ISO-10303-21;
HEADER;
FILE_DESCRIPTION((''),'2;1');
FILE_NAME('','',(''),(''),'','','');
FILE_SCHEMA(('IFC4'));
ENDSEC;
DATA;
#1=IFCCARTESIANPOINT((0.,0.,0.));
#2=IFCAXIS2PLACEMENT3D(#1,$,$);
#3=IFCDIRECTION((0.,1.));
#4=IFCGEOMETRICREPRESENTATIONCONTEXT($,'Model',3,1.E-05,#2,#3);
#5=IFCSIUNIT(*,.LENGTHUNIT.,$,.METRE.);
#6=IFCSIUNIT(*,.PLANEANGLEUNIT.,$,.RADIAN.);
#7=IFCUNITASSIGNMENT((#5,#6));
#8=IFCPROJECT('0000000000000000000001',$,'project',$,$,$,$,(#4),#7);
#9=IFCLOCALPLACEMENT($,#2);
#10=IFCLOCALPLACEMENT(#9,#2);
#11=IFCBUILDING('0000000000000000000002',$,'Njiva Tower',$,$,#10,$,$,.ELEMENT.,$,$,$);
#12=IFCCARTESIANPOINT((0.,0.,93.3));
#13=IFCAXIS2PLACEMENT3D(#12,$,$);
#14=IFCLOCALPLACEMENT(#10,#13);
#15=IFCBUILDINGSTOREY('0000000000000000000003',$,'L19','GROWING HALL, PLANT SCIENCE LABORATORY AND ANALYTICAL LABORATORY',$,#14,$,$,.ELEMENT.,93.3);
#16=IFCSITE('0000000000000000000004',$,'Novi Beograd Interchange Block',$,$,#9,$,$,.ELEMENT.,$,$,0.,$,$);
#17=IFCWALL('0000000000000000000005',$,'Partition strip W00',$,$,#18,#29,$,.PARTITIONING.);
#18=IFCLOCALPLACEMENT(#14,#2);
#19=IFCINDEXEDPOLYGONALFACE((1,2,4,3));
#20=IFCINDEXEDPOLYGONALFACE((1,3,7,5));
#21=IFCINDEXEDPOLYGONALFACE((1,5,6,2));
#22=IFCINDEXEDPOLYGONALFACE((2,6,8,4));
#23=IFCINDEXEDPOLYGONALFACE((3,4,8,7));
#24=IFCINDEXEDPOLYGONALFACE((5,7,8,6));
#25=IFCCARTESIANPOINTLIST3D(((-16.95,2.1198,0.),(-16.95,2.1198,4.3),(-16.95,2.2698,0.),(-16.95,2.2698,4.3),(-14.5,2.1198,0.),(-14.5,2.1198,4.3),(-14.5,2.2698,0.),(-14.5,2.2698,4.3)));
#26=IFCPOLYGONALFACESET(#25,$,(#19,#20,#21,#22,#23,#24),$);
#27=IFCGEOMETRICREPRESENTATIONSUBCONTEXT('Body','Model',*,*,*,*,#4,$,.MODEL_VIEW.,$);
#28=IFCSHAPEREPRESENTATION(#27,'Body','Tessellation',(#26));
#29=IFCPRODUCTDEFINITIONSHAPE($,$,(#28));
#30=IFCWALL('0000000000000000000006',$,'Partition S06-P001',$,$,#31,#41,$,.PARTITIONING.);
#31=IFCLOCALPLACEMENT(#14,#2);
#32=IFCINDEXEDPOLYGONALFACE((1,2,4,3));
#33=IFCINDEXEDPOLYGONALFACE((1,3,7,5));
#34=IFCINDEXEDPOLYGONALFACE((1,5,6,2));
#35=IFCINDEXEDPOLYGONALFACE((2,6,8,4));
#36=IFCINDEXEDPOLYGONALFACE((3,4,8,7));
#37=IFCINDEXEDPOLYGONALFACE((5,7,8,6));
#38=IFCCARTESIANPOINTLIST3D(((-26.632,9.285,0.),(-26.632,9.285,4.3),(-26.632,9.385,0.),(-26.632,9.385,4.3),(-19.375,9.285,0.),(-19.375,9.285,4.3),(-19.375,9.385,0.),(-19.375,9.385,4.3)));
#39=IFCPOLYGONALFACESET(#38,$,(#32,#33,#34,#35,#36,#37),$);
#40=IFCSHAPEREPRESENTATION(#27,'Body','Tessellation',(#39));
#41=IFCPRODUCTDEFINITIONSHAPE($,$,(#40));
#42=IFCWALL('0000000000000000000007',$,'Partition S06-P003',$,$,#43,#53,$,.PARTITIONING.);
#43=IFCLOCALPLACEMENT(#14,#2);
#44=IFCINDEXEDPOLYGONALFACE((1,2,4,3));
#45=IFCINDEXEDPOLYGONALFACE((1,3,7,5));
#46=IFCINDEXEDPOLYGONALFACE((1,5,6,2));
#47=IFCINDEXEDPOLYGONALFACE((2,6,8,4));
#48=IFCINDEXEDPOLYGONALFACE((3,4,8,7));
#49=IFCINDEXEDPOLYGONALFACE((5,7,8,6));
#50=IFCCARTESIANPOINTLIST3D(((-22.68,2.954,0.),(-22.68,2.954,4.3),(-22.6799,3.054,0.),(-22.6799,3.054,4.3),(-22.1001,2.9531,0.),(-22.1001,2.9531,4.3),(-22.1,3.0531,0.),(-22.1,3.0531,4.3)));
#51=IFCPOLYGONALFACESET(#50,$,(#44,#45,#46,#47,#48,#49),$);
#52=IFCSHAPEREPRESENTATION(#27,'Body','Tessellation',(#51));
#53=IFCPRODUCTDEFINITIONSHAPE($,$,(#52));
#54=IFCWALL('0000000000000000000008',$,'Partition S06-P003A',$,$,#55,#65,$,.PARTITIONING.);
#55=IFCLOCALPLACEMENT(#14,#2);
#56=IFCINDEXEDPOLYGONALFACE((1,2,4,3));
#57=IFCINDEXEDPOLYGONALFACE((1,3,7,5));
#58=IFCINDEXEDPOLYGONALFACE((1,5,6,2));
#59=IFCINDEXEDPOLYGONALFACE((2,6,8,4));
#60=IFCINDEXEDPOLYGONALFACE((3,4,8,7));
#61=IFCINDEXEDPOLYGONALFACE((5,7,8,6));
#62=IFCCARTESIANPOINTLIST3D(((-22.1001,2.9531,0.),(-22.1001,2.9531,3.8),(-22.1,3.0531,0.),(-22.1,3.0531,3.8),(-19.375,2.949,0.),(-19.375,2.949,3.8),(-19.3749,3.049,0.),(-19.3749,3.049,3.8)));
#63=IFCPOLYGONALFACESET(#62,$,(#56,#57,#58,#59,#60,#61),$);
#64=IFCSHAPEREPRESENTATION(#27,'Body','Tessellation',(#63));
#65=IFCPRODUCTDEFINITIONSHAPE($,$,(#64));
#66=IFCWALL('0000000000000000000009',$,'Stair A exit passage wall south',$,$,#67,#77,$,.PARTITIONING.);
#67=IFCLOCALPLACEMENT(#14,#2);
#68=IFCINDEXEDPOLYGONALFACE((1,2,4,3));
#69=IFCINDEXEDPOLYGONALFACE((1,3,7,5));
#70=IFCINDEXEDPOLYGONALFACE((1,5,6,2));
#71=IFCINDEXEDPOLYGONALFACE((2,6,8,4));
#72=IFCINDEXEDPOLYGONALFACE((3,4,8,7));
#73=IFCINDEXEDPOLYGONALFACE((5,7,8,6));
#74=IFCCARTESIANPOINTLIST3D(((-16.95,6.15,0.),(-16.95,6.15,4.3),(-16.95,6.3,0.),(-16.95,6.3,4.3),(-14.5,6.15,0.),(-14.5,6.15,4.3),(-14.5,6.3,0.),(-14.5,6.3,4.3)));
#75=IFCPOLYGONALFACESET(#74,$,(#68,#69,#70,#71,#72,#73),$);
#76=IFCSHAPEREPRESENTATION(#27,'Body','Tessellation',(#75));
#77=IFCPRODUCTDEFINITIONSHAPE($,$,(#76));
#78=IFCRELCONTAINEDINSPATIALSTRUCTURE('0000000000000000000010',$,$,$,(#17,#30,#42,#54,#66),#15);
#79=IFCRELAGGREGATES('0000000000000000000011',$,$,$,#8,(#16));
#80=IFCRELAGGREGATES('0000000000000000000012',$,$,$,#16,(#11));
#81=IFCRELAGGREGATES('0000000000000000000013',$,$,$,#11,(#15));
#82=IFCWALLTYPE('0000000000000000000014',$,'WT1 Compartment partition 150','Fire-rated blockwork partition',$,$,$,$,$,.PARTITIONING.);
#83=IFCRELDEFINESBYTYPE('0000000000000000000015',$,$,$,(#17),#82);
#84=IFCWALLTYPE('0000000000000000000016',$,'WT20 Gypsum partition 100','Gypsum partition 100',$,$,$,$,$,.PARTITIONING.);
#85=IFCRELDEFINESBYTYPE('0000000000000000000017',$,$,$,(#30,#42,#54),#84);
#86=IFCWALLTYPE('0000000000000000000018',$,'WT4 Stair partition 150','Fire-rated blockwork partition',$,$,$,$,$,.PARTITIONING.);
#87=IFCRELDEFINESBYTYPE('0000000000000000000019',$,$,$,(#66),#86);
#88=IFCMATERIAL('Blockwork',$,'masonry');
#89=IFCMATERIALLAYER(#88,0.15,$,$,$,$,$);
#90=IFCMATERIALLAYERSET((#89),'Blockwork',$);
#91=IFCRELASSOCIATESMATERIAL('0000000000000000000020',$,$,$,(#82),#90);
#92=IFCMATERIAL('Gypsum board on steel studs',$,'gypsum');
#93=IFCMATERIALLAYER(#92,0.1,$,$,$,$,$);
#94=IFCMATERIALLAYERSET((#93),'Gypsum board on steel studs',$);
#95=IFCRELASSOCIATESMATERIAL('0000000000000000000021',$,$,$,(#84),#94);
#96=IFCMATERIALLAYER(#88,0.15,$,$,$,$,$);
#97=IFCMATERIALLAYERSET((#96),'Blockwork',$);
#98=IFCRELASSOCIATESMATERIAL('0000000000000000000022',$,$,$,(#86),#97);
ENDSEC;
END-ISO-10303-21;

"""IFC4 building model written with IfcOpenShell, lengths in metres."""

from ifc_helpers import new_model, si_unit, direction, frame, frame_2d, origin, place, context, subcontext, project, spatial, rectangle, extrude, material, layer, layer_set, type_object, element, save


model = new_model("IFC4")

# Units and contexts
model_context = context("Model", 3, precision=1e-05, world=origin(), true_north=direction((0.0, 1.0)))
body_context = subcontext(model_context, "Body", "Model", "MODEL_VIEW")
ifc_project = project(units=[si_unit("LENGTHUNIT", "METRE"), si_unit("PLANEANGLEUNIT", "RADIAN")], contexts=[model_context])

# Site, building, storey
site_placement = place(None, origin())
site = spatial("IfcSite", under=ifc_project, at=site_placement, Name="Novi Beograd Interchange Block", CompositionType="ELEMENT", RefElevation=0.0)
building_placement = place(site_placement, origin())
building = spatial("IfcBuilding", under=site, at=building_placement, Name="Njiva Tower", CompositionType="ELEMENT")
storey_placement = place(building_placement, frame((0.0, 0.0, 93.3)))
storey = spatial("IfcBuildingStorey", under=building, at=storey_placement, Name="L19", Description="GROWING HALL, PLANT SCIENCE LABORATORY AND ANALYTICAL LABORATORY", CompositionType="ELEMENT", Elevation=93.3)

# Walls
ifc_material_1 = material(Name="Blockwork", Category="masonry")
ifc_layer_1 = layer(ifc_material_1, 0.15)
ifc_layer_set_1 = layer_set([ifc_layer_1], Name="Blockwork")
wall_type_1 = type_object("IfcWallType", Name="WT1 Compartment partition 150", Description="Fire-rated blockwork partition", PredefinedType="PARTITIONING", material=ifc_layer_set_1)
wall_1_placement = place(storey_placement, frame((-16.95, 2.1948, 0.0), z_axis=(0.0, 0.0, 1.0), x_axis=(1.0, 0.0, 0.0)))
element("IfcWall", 1, at=wall_1_placement, inside=storey, type_object=wall_type_1, Name="Partition strip W00", PredefinedType="PARTITIONING", context=body_context, shape_type="SweptSolid", body=[
    extrude(rectangle(XDim=2.45, YDim=0.15, at=frame_2d((1.225, 0.0))), origin(), (0.0, 0.0, 1.0), 4.3),
])
ifc_material_2 = material(Name="Gypsum board on steel studs", Category="gypsum")
ifc_layer_2 = layer(ifc_material_2, 0.1)
ifc_layer_set_2 = layer_set([ifc_layer_2], Name="Gypsum board on steel studs")
wall_type_2 = type_object("IfcWallType", Name="WT20 Gypsum partition 100", Description="Gypsum partition 100", PredefinedType="PARTITIONING", material=ifc_layer_set_2)
wall_2_placement = place(storey_placement, frame((-26.632, 9.335, 0.0), z_axis=(0.0, 0.0, 1.0), x_axis=(1.0, 0.0, 0.0)))
element("IfcWall", 2, at=wall_2_placement, inside=storey, type_object=wall_type_2, Name="Partition S06-P001", PredefinedType="PARTITIONING", context=body_context, shape_type="SweptSolid", body=[
    extrude(rectangle(XDim=7.257, YDim=0.1, at=frame_2d((3.6285, 0.0))), origin(), (0.0, 0.0, 1.0), 4.3),
])
wall_3_placement = place(storey_placement, frame((-22.68, 3.004, 0.0), z_axis=(0.0, 0.0, 1.0), x_axis=(0.999999, -0.001552, 0.0)))
element("IfcWall", 3, at=wall_3_placement, inside=storey, type_object=wall_type_2, Name="Partition S06-P003", PredefinedType="PARTITIONING", context=body_context, shape_type="SweptSolid", body=[
    extrude(rectangle(XDim=0.5799, YDim=0.1, at=frame_2d((0.29, 0.0))), origin(), (0.0, 0.0, 1.0), 4.3),
])
wall_4_placement = place(storey_placement, frame((-22.1001, 3.0031, 0.0), z_axis=(0.0, 0.0, 1.0), x_axis=(0.999999, -0.001505, 0.0)))
element("IfcWall", 4, at=wall_4_placement, inside=storey, type_object=wall_type_2, Name="Partition S06-P003A", PredefinedType="PARTITIONING", context=body_context, shape_type="SweptSolid", body=[
    extrude(rectangle(XDim=2.7251, YDim=0.1, at=frame_2d((1.3626, 0.0))), origin(), (0.0, 0.0, 1.0), 3.8),
])
ifc_layer_3 = layer(ifc_material_1, 0.15)
ifc_layer_set_3 = layer_set([ifc_layer_3], Name="Blockwork")
wall_type_3 = type_object("IfcWallType", Name="WT4 Stair partition 150", Description="Fire-rated blockwork partition", PredefinedType="PARTITIONING", material=ifc_layer_set_3)
wall_5_placement = place(storey_placement, frame((-16.95, 6.225, 0.0), z_axis=(0.0, 0.0, 1.0), x_axis=(1.0, 0.0, 0.0)))
element("IfcWall", 5, at=wall_5_placement, inside=storey, type_object=wall_type_3, Name="Stair A exit passage wall south", PredefinedType="PARTITIONING", context=body_context, shape_type="SweptSolid", body=[
    extrude(rectangle(XDim=2.45, YDim=0.15, at=frame_2d((1.225, 0.0))), origin(), (0.0, 0.0, 1.0), 4.3),
])

save(model, "model.ifc")
